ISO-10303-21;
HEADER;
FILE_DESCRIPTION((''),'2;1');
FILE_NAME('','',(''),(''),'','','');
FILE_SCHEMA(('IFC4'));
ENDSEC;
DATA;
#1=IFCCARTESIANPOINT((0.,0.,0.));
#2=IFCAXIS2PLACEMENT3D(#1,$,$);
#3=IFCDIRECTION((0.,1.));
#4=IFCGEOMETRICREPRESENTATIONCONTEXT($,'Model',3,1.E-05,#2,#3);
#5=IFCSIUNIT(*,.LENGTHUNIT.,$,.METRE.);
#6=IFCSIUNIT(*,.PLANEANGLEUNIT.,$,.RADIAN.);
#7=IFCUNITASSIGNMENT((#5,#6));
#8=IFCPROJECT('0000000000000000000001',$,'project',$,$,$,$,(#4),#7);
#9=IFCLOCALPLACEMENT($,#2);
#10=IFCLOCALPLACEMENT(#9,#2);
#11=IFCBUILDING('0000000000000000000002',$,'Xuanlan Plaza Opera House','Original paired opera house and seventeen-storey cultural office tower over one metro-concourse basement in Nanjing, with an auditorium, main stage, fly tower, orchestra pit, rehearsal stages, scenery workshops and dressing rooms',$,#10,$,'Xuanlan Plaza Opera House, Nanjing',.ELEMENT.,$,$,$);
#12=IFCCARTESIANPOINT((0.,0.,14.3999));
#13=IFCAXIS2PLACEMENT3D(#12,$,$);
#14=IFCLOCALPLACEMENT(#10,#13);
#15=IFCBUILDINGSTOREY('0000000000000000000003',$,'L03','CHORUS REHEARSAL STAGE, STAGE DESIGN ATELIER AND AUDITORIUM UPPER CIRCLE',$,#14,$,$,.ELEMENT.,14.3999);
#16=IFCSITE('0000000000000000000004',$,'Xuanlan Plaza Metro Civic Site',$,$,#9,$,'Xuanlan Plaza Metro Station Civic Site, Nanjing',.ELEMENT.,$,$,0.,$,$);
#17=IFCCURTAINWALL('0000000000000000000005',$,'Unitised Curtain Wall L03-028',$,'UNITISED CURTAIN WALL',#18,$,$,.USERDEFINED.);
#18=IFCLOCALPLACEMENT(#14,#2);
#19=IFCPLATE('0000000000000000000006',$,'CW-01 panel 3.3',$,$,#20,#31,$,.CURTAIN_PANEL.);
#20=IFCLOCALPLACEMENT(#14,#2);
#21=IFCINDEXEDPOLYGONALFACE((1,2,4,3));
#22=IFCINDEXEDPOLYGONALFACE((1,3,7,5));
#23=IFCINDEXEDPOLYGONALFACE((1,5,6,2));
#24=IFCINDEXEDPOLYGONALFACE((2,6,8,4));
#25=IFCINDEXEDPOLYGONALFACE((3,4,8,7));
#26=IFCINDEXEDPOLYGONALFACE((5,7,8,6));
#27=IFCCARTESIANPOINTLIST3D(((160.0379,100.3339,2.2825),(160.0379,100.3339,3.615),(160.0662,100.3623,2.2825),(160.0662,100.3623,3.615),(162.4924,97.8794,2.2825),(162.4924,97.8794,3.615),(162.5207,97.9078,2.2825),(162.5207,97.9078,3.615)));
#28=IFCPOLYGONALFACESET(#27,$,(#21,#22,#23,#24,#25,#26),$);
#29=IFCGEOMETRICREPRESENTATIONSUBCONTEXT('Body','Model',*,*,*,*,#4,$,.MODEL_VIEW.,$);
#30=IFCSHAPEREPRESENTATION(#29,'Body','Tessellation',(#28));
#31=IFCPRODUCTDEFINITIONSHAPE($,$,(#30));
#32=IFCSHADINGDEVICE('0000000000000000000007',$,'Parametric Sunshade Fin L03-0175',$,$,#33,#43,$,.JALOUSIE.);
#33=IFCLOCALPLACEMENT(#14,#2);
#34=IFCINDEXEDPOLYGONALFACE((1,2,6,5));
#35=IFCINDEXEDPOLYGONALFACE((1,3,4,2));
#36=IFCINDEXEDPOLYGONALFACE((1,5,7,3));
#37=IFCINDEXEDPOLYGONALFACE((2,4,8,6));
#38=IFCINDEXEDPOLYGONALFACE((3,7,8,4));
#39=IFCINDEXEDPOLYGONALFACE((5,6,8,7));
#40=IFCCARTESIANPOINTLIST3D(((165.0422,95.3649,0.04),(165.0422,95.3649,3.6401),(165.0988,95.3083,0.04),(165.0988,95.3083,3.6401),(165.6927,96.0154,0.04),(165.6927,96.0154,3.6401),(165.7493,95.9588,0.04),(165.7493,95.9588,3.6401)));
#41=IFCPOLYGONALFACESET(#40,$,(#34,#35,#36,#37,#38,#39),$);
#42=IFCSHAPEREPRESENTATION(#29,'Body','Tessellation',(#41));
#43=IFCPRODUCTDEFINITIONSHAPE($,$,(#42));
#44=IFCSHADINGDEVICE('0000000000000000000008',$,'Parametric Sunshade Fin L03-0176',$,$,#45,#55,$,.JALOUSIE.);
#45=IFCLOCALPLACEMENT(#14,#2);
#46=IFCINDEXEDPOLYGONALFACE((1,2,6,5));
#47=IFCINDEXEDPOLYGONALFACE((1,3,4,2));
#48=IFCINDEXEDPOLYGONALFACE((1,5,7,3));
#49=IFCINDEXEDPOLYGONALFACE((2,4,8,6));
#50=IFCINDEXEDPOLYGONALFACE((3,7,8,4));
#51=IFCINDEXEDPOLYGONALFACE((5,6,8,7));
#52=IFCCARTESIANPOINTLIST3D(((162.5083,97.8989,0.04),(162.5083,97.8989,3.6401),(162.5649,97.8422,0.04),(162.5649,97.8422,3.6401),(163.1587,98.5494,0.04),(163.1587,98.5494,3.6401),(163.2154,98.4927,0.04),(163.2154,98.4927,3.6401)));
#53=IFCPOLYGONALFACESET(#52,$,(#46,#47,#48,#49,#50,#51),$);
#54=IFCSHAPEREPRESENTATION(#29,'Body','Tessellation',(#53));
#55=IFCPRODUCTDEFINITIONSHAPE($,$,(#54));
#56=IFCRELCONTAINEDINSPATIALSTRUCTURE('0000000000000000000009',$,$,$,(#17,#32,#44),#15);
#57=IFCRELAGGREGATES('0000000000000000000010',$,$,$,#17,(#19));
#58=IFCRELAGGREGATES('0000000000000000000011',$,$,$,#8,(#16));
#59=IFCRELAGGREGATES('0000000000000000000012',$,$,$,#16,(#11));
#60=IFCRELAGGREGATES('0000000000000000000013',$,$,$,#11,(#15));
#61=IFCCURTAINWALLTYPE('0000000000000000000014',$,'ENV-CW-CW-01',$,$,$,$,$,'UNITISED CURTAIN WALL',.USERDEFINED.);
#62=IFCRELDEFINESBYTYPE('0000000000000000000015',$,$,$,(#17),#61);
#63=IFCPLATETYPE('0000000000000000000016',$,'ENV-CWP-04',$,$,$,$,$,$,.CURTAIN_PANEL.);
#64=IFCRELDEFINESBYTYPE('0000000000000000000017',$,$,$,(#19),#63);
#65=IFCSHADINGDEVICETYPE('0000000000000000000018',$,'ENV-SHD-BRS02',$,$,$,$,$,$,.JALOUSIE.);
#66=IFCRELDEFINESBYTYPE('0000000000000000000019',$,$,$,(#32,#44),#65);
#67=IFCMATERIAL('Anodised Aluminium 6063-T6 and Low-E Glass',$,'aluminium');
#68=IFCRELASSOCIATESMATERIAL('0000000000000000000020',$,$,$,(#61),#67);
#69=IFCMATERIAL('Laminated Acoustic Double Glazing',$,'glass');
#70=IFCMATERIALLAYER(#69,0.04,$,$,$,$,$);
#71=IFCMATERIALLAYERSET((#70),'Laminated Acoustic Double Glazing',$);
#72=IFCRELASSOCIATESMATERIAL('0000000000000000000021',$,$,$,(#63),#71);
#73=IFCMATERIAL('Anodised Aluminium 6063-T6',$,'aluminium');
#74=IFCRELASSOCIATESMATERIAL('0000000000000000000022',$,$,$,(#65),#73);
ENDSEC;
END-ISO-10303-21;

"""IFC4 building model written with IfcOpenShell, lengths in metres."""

from ifc_helpers import new_model, si_unit, direction, frame, origin, origin_2d, place, context, subcontext, project, spatial, rectangle, extrude, material, layer, layer_set, type_object, element, aggregate, save


model = new_model("IFC4")

# Units and contexts
model_context = context("Model", 3, precision=1e-05, world=origin(), true_north=direction((0.0, 1.0)))
body_context = subcontext(model_context, "Body", "Model", "MODEL_VIEW")
ifc_project = project(units=[si_unit("LENGTHUNIT", "METRE"), si_unit("PLANEANGLEUNIT", "RADIAN")], contexts=[model_context])

# Site, building, storey
site_placement = place(None, origin())
site = spatial("IfcSite", under=ifc_project, at=site_placement, Name="Xuanlan Plaza Metro Civic Site", LongName="Xuanlan Plaza Metro Station Civic Site, Nanjing", CompositionType="ELEMENT", RefElevation=0.0)
building_placement = place(site_placement, origin())
building = spatial("IfcBuilding", under=site, at=building_placement, Name="Xuanlan Plaza Opera House", Description="Original paired opera house and seventeen-storey cultural office tower over one metro-concourse basement in Nanjing, with an auditorium, main stage, fly tower, orchestra pit, rehearsal stages, scenery workshops and dressing rooms", LongName="Xuanlan Plaza Opera House, Nanjing", CompositionType="ELEMENT")
storey_placement = place(building_placement, frame((0.0, 0.0, 14.3999)))
storey = spatial("IfcBuildingStorey", under=building, at=storey_placement, Name="L03", Description="CHORUS REHEARSAL STAGE, STAGE DESIGN ATELIER AND AUDITORIUM UPPER CIRCLE", CompositionType="ELEMENT", Elevation=14.3999)

# Curtain wall
ifc_material_1 = material(Name="Anodised Aluminium 6063-T6 and Low-E Glass", Category="aluminium")
curtain_wall_type_1 = type_object("IfcCurtainWallType", Name="ENV-CW-CW-01", ElementType="UNITISED CURTAIN WALL", PredefinedType="USERDEFINED", material=ifc_material_1)
curtain_wall_1_placement = place(storey_placement, origin())
curtain_wall_1 = element("IfcCurtainWall", 1, at=curtain_wall_1_placement, inside=storey, type_object=curtain_wall_type_1, Name="Unitised Curtain Wall L03-028", ObjectType="UNITISED CURTAIN WALL", PredefinedType="USERDEFINED")
ifc_material_2 = material(Name="Anodised Aluminium 6063-T6", Category="aluminium")

# Plate
ifc_material_3 = material(Name="Laminated Acoustic Double Glazing", Category="glass")
ifc_layer = layer(ifc_material_3, 0.04)
ifc_layer_set = layer_set([ifc_layer], Name="Laminated Acoustic Double Glazing")
plate_type = type_object("IfcPlateType", Name="ENV-CWP-04", PredefinedType="CURTAIN_PANEL", material=ifc_layer_set)
plate_1_placement = place(storey_placement, frame((161.2793, 99.1208, 2.2825), z_axis=(0.0, 0.0, 1.0), x_axis=(-0.707107, 0.707107, 0.0)))
plate_1 = element("IfcPlate", 2, at=plate_1_placement, type_object=plate_type, Name="CW-01 panel 3.3", PredefinedType="CURTAIN_PANEL", context=body_context, shape_type="SweptSolid", body=[
    extrude(rectangle(XDim=3.4712, YDim=0.04, at=origin_2d()), origin(), (0.0, 0.0, 1.0), 1.3325),
])
aggregate(curtain_wall_1, [plate_1])

# Shading devices
shading_device_type = type_object("IfcShadingDeviceType", Name="ENV-SHD-BRS02", PredefinedType="JALOUSIE", material=ifc_material_2)
for number, where, z_axis, x_axis, name in (
    (3, (165.3958, 95.6619, 0.04), (0.0, 0.0, 1.0), (0.707107, 0.707107, 0.0), "Parametric Sunshade Fin L03-0175"),
    (4, (162.8618, 98.1958, 0.04), (0.0, 0.0, 1.0), (0.707107, 0.707107, 0.0), "Parametric Sunshade Fin L03-0176"),
):
    element("IfcShadingDevice", number, at=place(storey_placement, frame(where, z_axis=z_axis, x_axis=x_axis)), inside=storey, type_object=shading_device_type, Name=name, PredefinedType="JALOUSIE", context=body_context, shape_type="SweptSolid", body=[
        extrude(rectangle(XDim=0.9199, YDim=0.0801, at=origin_2d()), origin(), (0.0, 0.0, 1.0), 3.6001),
    ])

save(model, "model.ifc")
